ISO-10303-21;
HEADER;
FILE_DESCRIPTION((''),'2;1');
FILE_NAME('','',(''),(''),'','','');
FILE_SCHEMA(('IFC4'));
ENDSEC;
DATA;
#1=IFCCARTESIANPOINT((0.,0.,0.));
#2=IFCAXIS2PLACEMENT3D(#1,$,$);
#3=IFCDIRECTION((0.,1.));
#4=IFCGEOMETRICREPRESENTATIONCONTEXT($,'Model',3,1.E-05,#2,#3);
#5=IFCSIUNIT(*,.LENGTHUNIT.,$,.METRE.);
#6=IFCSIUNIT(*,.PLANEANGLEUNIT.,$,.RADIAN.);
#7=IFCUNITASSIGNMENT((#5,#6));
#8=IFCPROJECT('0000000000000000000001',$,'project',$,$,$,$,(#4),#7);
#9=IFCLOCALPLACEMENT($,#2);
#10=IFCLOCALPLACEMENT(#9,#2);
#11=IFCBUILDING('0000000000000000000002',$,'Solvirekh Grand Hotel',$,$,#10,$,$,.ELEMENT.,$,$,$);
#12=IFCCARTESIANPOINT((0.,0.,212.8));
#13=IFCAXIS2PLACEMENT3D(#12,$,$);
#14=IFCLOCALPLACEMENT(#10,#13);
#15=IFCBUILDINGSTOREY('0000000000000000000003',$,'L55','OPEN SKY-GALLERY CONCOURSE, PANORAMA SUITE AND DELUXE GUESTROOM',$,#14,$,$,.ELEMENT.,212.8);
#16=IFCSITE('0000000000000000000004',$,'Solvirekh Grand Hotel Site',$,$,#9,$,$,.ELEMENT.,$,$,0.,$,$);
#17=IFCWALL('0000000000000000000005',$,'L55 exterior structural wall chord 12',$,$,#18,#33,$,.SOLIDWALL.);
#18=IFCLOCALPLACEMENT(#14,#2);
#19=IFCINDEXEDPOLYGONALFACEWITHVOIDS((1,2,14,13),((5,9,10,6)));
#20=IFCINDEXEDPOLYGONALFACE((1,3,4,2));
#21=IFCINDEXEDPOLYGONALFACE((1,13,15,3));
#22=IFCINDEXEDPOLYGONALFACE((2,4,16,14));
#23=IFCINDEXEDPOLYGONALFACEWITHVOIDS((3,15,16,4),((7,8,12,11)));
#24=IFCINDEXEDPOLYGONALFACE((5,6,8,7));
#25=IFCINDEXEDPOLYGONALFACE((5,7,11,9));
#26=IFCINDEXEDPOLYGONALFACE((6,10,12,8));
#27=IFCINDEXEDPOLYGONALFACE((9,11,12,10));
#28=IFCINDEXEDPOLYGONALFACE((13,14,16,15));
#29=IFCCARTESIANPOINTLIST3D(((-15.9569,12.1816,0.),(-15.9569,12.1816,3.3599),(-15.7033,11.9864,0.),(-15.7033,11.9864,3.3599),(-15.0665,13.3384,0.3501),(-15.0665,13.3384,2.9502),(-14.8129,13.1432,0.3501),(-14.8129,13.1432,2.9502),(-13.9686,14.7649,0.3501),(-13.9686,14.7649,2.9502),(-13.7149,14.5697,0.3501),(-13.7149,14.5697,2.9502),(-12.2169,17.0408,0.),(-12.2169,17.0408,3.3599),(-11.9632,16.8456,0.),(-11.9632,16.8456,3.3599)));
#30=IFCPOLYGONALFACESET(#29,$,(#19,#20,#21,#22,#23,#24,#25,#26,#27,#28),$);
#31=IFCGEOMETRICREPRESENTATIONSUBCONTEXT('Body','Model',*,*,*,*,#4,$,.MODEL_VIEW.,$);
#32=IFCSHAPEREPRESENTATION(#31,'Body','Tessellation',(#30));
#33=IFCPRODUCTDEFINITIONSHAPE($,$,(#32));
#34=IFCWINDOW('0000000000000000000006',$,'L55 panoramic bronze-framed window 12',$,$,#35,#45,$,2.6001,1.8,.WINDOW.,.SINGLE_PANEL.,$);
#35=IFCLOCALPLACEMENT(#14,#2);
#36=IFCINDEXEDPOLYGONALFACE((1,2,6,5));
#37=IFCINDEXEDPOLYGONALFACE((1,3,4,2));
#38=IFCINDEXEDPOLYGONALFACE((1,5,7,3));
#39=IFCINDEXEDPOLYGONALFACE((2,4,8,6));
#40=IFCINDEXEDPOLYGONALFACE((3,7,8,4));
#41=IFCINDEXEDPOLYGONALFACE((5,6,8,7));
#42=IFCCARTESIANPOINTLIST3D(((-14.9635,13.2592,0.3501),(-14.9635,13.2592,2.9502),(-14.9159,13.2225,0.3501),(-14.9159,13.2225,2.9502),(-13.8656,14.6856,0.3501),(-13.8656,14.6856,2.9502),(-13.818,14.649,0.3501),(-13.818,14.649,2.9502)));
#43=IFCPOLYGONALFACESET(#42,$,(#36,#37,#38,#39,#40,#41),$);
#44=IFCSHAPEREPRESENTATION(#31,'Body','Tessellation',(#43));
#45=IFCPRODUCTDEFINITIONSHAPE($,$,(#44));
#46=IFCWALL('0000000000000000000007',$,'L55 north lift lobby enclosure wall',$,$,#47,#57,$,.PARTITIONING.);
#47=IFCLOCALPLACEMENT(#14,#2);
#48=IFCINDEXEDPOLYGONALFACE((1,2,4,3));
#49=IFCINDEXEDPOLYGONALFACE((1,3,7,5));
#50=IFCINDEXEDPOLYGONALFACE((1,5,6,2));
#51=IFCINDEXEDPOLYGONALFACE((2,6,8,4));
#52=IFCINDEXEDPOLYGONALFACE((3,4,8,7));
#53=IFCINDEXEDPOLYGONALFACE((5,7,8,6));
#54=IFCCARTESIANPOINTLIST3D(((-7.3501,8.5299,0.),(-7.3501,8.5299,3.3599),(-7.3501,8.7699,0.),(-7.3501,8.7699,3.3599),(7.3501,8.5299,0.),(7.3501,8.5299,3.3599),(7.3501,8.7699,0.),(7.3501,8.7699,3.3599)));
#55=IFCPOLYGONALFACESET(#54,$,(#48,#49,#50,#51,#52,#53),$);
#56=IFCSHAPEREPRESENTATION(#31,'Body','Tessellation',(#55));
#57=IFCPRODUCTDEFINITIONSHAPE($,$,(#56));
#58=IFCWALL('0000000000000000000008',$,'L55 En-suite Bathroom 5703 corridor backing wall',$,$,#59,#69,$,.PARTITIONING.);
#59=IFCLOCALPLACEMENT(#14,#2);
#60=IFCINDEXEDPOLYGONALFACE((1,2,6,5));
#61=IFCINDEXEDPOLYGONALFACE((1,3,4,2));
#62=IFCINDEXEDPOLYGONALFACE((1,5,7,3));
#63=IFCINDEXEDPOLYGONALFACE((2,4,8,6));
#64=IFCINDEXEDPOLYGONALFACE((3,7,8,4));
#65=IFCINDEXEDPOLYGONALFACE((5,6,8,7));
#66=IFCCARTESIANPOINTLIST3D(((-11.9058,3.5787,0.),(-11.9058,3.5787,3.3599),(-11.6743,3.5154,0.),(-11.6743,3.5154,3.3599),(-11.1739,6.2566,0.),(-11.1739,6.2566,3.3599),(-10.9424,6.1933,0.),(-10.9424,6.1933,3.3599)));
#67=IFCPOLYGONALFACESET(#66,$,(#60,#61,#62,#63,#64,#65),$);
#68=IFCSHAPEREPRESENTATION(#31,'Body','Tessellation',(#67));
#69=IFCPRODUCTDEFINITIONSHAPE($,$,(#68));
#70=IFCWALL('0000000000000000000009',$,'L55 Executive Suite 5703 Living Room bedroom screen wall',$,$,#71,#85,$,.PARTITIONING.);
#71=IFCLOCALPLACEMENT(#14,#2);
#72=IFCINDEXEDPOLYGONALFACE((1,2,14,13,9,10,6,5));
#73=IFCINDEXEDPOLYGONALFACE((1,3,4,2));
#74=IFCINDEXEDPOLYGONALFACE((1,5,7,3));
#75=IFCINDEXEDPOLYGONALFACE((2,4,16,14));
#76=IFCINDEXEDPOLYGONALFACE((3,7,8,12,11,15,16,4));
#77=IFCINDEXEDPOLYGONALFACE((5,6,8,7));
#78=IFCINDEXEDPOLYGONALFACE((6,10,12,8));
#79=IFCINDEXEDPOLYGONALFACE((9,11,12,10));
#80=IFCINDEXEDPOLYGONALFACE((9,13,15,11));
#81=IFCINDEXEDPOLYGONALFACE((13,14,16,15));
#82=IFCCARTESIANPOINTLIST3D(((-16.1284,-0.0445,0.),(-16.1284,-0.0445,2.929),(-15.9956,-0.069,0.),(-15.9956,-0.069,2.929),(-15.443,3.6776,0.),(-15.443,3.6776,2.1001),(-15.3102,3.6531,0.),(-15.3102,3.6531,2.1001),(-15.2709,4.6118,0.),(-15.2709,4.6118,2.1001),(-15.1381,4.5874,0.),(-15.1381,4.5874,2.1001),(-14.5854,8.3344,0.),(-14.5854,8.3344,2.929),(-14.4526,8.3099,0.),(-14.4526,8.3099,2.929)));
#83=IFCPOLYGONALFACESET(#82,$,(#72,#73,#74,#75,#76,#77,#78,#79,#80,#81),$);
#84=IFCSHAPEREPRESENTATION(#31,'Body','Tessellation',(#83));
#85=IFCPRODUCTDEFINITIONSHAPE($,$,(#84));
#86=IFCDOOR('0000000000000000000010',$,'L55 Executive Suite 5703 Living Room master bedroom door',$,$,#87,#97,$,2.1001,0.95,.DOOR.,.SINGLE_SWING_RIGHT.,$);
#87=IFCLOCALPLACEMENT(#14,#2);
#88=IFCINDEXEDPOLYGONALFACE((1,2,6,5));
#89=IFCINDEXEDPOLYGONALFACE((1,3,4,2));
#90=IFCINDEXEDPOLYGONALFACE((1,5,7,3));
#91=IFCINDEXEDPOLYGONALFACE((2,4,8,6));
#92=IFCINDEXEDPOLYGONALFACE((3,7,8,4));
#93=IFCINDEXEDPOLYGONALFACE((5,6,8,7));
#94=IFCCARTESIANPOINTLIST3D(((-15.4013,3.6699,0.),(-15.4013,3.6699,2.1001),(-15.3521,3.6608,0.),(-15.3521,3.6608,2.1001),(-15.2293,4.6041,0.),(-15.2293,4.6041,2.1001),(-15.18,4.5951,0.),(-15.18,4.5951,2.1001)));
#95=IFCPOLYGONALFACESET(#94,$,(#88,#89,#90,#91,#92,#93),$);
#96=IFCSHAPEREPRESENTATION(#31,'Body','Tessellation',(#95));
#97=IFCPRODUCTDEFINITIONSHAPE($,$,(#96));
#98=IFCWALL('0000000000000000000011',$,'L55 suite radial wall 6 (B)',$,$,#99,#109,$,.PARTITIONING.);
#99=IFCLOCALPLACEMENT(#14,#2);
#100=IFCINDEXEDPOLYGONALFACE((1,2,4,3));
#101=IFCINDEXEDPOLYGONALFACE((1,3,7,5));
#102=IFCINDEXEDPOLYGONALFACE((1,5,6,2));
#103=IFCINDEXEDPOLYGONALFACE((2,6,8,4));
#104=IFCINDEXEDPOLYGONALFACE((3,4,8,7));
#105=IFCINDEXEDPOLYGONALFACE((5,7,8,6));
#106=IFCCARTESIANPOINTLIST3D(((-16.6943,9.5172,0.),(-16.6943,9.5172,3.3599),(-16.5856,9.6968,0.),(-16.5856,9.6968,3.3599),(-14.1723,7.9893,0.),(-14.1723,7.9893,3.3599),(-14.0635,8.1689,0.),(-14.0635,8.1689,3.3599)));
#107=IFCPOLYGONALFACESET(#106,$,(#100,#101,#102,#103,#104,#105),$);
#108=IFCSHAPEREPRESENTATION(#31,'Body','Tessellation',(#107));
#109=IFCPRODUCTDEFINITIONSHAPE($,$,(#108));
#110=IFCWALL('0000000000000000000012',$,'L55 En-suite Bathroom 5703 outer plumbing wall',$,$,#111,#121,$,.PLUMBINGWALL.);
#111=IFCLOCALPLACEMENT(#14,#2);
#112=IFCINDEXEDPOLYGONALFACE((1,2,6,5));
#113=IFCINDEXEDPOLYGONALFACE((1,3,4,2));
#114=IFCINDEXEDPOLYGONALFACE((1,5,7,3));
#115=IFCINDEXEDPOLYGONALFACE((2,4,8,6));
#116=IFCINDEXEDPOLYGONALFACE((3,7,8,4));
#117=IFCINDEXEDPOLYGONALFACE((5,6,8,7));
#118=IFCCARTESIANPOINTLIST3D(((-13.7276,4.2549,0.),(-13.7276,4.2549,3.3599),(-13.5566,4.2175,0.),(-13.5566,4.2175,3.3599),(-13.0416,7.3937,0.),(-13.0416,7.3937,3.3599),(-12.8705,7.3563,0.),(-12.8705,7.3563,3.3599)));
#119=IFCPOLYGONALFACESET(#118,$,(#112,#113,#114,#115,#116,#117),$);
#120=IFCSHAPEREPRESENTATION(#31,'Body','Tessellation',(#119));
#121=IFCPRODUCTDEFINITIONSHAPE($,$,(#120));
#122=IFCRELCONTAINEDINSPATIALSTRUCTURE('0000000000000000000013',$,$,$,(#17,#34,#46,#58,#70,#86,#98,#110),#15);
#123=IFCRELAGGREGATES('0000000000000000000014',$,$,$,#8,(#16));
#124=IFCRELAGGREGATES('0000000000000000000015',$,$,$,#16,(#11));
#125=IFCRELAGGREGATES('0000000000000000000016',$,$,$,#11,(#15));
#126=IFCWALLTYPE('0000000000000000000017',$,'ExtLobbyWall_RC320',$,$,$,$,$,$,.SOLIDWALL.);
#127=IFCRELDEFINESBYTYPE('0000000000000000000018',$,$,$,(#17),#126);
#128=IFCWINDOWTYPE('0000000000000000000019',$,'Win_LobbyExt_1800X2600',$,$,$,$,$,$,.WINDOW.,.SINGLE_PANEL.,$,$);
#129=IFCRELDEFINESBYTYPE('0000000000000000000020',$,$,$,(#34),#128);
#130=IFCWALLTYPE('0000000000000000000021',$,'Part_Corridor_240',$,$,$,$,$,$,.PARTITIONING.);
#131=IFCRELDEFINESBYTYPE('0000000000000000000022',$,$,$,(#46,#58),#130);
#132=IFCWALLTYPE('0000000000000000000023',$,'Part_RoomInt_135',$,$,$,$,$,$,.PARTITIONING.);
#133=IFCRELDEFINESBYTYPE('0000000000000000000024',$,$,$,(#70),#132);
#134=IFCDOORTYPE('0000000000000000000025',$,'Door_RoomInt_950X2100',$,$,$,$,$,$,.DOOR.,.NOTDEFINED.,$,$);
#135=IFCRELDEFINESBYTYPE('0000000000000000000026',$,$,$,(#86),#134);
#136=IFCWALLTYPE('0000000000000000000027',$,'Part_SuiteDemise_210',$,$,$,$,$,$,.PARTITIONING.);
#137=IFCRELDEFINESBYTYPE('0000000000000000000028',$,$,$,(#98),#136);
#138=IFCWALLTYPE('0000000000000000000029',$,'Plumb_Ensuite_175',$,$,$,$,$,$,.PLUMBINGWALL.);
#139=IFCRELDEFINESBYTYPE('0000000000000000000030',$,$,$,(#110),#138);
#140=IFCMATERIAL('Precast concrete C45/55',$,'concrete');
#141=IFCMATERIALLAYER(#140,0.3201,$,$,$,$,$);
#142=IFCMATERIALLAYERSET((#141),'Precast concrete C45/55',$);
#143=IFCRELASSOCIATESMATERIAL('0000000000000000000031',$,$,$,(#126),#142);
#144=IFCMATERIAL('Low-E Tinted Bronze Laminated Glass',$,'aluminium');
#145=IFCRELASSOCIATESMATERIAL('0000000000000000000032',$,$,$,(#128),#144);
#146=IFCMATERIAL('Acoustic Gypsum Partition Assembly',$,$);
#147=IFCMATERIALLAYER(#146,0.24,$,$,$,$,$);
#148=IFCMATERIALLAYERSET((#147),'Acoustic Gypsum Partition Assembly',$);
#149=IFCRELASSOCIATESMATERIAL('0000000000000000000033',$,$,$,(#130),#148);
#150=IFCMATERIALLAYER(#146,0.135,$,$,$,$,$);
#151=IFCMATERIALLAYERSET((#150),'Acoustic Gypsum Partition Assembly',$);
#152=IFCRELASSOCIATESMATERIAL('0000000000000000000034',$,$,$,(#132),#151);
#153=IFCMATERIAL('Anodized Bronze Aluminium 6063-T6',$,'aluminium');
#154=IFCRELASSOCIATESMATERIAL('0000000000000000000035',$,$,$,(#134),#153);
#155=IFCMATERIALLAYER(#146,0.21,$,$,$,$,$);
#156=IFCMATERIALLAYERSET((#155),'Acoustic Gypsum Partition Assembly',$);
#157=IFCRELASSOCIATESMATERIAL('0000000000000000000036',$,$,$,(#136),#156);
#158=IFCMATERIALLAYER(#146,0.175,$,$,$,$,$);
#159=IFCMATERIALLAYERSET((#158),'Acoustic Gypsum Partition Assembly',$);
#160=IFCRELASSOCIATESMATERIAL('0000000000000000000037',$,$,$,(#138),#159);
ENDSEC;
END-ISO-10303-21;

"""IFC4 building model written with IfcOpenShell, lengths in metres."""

from ifc_helpers import new_model, si_unit, direction, frame, frame_2d, origin, place, context, subcontext, project, spatial, rectangle, extrude, material, layer, layer_set, type_object, element, fill, save


model = new_model("IFC4")

# Units and contexts
model_context = context("Model", 3, precision=1e-05, world=origin(), true_north=direction((0.0, 1.0)))
body_context = subcontext(model_context, "Body", "Model", "MODEL_VIEW")
ifc_project = project(units=[si_unit("LENGTHUNIT", "METRE"), si_unit("PLANEANGLEUNIT", "RADIAN")], contexts=[model_context])

# Site, building, storey
site_placement = place(None, origin())
site = spatial("IfcSite", under=ifc_project, at=site_placement, Name="Solvirekh Grand Hotel Site", CompositionType="ELEMENT", RefElevation=0.0)
building_placement = place(site_placement, origin())
building = spatial("IfcBuilding", under=site, at=building_placement, Name="Solvirekh Grand Hotel", CompositionType="ELEMENT")
storey_placement = place(building_placement, frame((0.0, 0.0, 212.8)))
storey = spatial("IfcBuildingStorey", under=building, at=storey_placement, Name="L55", Description="OPEN SKY-GALLERY CONCOURSE, PANORAMA SUITE AND DELUXE GUESTROOM", CompositionType="ELEMENT", Elevation=212.8)

# Shared definitions
ifc_material_1 = material(Name="Anodized Bronze Aluminium 6063-T6", Category="aluminium")

# Shared definitions
ifc_material_2 = material(Name="Low-E Tinted Bronze Laminated Glass", Category="aluminium")

# Wall, opening, window
ifc_material_3 = material(Name="Precast concrete C45/55", Category="concrete")
ifc_layer_1 = layer(ifc_material_3, 0.3201)
ifc_layer_set_1 = layer_set([ifc_layer_1], Name="Precast concrete C45/55")
wall_type_1 = type_object("IfcWallType", Name="ExtLobbyWall_RC320", PredefinedType="SOLIDWALL", material=ifc_layer_set_1)
window_type = type_object("IfcWindowType", Name="Win_LobbyExt_1800X2600", PartitioningType="SINGLE_PANEL", PredefinedType="WINDOW", material=ifc_material_2)
wall_1_placement = place(storey_placement, frame((-15.8301, 12.084, 0.0), z_axis=(0.0, 0.0, 1.0), x_axis=(0.609936, 0.792451, 0.0)))
wall_1 = element("IfcWall", 1, at=wall_1_placement, inside=storey, type_object=wall_type_1, Name="L55 exterior structural wall chord 12", PredefinedType="SOLIDWALL", context=body_context, shape_type="SweptSolid", body=[
    extrude(rectangle(XDim=6.1318, YDim=0.3201, at=frame_2d((3.0659, 0.0))), origin(), (0.0, 0.0, 1.0), 3.3599),
])
opening_1_placement = place(wall_1_placement, frame((1.46, 0.0, 0.3501)))
opening_1 = element("IfcOpeningElement", 2, at=opening_1_placement, cuts=wall_1, PredefinedType="OPENING", context=body_context, shape_type="SweptSolid", body=[
    extrude(rectangle(XDim=1.8, YDim=2.6001, at=frame_2d((0.8999, 1.3))), frame((0.0, 0.1699, 0.0), z_axis=(0.0, -1.0, 0.0), x_axis=(1.0, 0.0, 0.0)), (0.0, 0.0, 1.0), 0.3401),
])
window_1_placement = place(opening_1_placement, origin())
window_1 = element("IfcWindow", 3, at=window_1_placement, inside=storey, type_object=window_type, Name="L55 panoramic bronze-framed window 12", OverallHeight=2.6001, OverallWidth=1.8, PartitioningType="SINGLE_PANEL", PredefinedType="WINDOW", context=body_context, shape_type="SweptSolid", body=[
    extrude(rectangle(XDim=1.8, YDim=2.6001, at=frame_2d((0.8999, 1.3))), frame((0.0, 0.03, 0.0), z_axis=(0.0, -1.0, 0.0), x_axis=(1.0, 0.0, 0.0)), (0.0, 0.0, 1.0), 0.0601),
])
fill(opening_1, window_1)

# Walls
ifc_material_4 = material(Name="Acoustic Gypsum Partition Assembly")
ifc_layer_2 = layer(ifc_material_4, 0.24)
ifc_layer_set_2 = layer_set([ifc_layer_2], Name="Acoustic Gypsum Partition Assembly")
wall_type_2 = type_object("IfcWallType", Name="Part_Corridor_240", PredefinedType="PARTITIONING", material=ifc_layer_set_2)
wall_2_placement = place(storey_placement, frame((-7.3501, 8.6499, 0.0), z_axis=(0.0, 0.0, 1.0), x_axis=(1.0, 0.0, 0.0)))
element("IfcWall", 4, at=wall_2_placement, inside=storey, type_object=wall_type_2, Name="L55 north lift lobby enclosure wall", PredefinedType="PARTITIONING", context=body_context, shape_type="SweptSolid", body=[
    extrude(rectangle(XDim=14.7002, YDim=0.24, at=frame_2d((7.3501, 0.0))), origin(), (0.0, 0.0, 1.0), 3.3599),
])
wall_3_placement = place(storey_placement, frame((-11.0581, 6.2251, 0.0), z_axis=(0.0, 0.0, 1.0), x_axis=(-0.263646, -0.96462, 0.0)))
element("IfcWall", 5, at=wall_3_placement, inside=storey, type_object=wall_type_2, Name="L55 En-suite Bathroom 5703 corridor backing wall", PredefinedType="PARTITIONING", context=body_context, shape_type="SweptSolid", body=[
    extrude(rectangle(XDim=2.7761, YDim=0.24, at=frame_2d((1.3882, 0.0))), origin(), (0.0, 0.0, 1.0), 3.3599),
])

# Wall, opening, door
ifc_layer_3 = layer(ifc_material_4, 0.135)
ifc_layer_set_3 = layer_set([ifc_layer_3], Name="Acoustic Gypsum Partition Assembly")
wall_type_3 = type_object("IfcWallType", Name="Part_RoomInt_135", PredefinedType="PARTITIONING", material=ifc_layer_set_3)
wall_4_placement = place(storey_placement, frame((-14.519, 8.322, 0.0), z_axis=(0.0, 0.0, 1.0), x_axis=(-0.181104, -0.983464, 0.0)))
wall_4 = element("IfcWall", 6, at=wall_4_placement, inside=storey, type_object=wall_type_3, Name="L55 Executive Suite 5703 Living Room bedroom screen wall", PredefinedType="PARTITIONING", context=body_context, shape_type="SweptSolid", body=[
    extrude(rectangle(XDim=8.5198, YDim=0.135, at=frame_2d((4.2598, 0.0))), origin(), (0.0, 0.0, 1.0), 2.929),
])
opening_2_placement = place(wall_4_placement, frame((3.7849, 0.0, 0.0)))
opening_2 = element("IfcOpeningElement", 7, at=opening_2_placement, cuts=wall_4, PredefinedType="OPENING", context=body_context, shape_type="SweptSolid", body=[
    extrude(rectangle(XDim=0.95, YDim=2.1001, at=frame_2d((0.4751, 1.05))), frame((0.0, 0.0776, 0.0), z_axis=(0.0, -1.0, 0.0), x_axis=(1.0, 0.0, 0.0)), (0.0, 0.0, 1.0), 0.155),
])
door_type = type_object("IfcDoorType", Name="Door_RoomInt_950X2100", OperationType="NOTDEFINED", PredefinedType="DOOR", material=ifc_material_1)
door_placement = place(opening_2_placement, origin())
door = element("IfcDoor", 8, at=door_placement, inside=storey, type_object=door_type, Name="L55 Executive Suite 5703 Living Room master bedroom door", OperationType="SINGLE_SWING_RIGHT", OverallHeight=2.1001, OverallWidth=0.95, PredefinedType="DOOR", context=body_context, shape_type="SweptSolid", body=[
    extrude(rectangle(XDim=0.95, YDim=2.1001, at=frame_2d((0.4751, 1.05))), frame((0.0, 0.0249, 0.0), z_axis=(0.0, -1.0, 0.0), x_axis=(1.0, 0.0, 0.0)), (0.0, 0.0, 1.0), 0.05),
])
fill(opening_2, door)

# Walls
ifc_layer_4 = layer(ifc_material_4, 0.21)
ifc_layer_set_4 = layer_set([ifc_layer_4], Name="Acoustic Gypsum Partition Assembly")
wall_type_4 = type_object("IfcWallType", Name="Part_SuiteDemise_210", PredefinedType="PARTITIONING", material=ifc_layer_set_4)
wall_5_placement = place(storey_placement, frame((-14.1179, 8.0791, 0.0), z_axis=(0.0, 0.0, 1.0), x_axis=(-0.855293, 0.518144, 0.0)))
element("IfcWall", 9, at=wall_5_placement, inside=storey, type_object=wall_type_4, Name="L55 suite radial wall 6 (B)", PredefinedType="PARTITIONING", context=body_context, shape_type="SweptSolid", body=[
    extrude(rectangle(XDim=2.9487, YDim=0.21, at=frame_2d((1.4744, 0.0))), origin(), (0.0, 0.0, 1.0), 3.3599),
])
ifc_layer_5 = layer(ifc_material_4, 0.175)
ifc_layer_set_5 = layer_set([ifc_layer_5], Name="Acoustic Gypsum Partition Assembly")
wall_type_5 = type_object("IfcWallType", Name="Plumb_Ensuite_175", PredefinedType="PLUMBINGWALL", material=ifc_layer_set_5)
wall_6_placement = place(storey_placement, frame((-12.9561, 7.375, 0.0), z_axis=(0.0, 0.0, 1.0), x_axis=(-0.213518, -0.976939, 0.0)))
element("IfcWall", 10, at=wall_6_placement, inside=storey, type_object=wall_type_5, Name="L55 En-suite Bathroom 5703 outer plumbing wall", PredefinedType="PLUMBINGWALL", context=body_context, shape_type="SweptSolid", body=[
    extrude(rectangle(XDim=3.2129, YDim=0.175, at=frame_2d((1.6064, 0.0))), origin(), (0.0, 0.0, 1.0), 3.3599),
])

save(model, "model.ifc")
